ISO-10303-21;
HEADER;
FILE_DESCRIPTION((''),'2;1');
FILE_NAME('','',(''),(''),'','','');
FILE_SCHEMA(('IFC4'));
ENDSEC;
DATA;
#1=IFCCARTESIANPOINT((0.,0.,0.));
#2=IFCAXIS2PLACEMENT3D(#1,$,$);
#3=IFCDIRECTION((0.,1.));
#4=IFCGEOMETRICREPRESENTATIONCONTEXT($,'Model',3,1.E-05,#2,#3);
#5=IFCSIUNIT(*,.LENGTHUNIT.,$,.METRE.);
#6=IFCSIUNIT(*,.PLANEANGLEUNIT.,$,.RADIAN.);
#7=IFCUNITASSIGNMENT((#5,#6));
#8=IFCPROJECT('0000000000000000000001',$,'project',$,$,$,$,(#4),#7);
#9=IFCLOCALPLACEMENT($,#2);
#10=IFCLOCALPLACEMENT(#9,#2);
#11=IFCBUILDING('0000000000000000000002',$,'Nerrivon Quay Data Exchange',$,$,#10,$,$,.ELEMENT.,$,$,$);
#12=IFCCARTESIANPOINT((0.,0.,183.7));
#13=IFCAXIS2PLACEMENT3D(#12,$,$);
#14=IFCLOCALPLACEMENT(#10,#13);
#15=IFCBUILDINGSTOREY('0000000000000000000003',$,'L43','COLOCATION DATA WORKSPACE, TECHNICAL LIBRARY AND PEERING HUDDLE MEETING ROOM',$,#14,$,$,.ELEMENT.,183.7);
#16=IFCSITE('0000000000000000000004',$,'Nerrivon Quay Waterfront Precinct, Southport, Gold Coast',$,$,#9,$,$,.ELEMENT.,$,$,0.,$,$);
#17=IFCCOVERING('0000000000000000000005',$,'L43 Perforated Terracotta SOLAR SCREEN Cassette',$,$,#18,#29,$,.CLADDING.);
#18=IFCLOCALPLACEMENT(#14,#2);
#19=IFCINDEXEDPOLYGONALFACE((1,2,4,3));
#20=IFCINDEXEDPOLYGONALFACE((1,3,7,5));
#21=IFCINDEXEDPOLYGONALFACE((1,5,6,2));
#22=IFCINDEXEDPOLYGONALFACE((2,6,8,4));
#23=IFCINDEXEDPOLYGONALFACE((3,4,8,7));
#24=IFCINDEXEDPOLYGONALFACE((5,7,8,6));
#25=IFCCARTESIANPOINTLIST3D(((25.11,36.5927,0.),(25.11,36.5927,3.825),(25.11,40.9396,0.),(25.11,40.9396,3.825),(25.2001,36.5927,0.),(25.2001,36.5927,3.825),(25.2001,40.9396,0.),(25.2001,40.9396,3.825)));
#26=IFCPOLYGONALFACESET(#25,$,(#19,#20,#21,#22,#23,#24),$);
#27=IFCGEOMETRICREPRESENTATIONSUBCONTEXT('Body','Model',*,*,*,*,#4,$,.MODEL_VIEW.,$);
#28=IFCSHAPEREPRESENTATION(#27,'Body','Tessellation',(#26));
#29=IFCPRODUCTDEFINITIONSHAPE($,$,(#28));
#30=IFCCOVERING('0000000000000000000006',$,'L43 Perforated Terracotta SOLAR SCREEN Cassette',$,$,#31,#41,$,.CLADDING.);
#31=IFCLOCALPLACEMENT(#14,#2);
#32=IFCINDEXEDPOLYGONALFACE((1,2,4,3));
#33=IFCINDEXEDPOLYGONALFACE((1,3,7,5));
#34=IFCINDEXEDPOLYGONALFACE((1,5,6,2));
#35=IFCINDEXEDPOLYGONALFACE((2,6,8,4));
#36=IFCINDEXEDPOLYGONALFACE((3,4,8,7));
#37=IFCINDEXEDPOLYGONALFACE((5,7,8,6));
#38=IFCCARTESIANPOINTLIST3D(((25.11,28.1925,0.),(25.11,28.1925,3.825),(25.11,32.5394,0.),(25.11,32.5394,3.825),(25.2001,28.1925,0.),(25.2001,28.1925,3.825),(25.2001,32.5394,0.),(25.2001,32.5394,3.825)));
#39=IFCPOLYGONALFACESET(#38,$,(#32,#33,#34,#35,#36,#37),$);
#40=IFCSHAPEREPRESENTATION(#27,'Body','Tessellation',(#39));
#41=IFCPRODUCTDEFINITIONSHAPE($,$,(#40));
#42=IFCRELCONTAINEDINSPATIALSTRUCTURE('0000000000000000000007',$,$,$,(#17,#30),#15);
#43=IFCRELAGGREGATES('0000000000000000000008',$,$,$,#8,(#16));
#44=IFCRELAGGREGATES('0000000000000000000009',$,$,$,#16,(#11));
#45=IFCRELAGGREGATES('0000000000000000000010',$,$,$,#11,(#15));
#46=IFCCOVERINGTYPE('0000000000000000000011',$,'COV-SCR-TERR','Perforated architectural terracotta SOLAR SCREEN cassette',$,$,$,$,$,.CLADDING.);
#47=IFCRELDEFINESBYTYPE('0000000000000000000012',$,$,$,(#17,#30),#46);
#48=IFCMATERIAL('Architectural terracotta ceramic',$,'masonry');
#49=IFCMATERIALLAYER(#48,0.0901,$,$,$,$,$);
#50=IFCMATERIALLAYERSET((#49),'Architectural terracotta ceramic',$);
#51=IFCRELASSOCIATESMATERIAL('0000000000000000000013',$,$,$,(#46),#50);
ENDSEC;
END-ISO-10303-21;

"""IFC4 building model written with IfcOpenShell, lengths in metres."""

from ifc_helpers import new_model, si_unit, direction, frame, origin, origin_2d, place, context, subcontext, project, spatial, rectangle, extrude, material, layer, layer_set, type_object, element, save


model = new_model("IFC4")

# Units and contexts
model_context = context("Model", 3, precision=1e-05, world=origin(), true_north=direction((0.0, 1.0)))
body_context = subcontext(model_context, "Body", "Model", "MODEL_VIEW")
ifc_project = project(units=[si_unit("LENGTHUNIT", "METRE"), si_unit("PLANEANGLEUNIT", "RADIAN")], contexts=[model_context])

# Site, building, storey
site_placement = place(None, origin())
site = spatial("IfcSite", under=ifc_project, at=site_placement, Name="Nerrivon Quay Waterfront Precinct, Southport, Gold Coast", CompositionType="ELEMENT", RefElevation=0.0)
building_placement = place(site_placement, origin())
building = spatial("IfcBuilding", under=site, at=building_placement, Name="Nerrivon Quay Data Exchange", CompositionType="ELEMENT")
storey_placement = place(building_placement, frame((0.0, 0.0, 183.7)))
storey = spatial("IfcBuildingStorey", under=building, at=storey_placement, Name="L43", Description="COLOCATION DATA WORKSPACE, TECHNICAL LIBRARY AND PEERING HUDDLE MEETING ROOM", CompositionType="ELEMENT", Elevation=183.7)

# Coverings
ifc_material_1 = material(Name="Architectural terracotta ceramic", Category="masonry")
ifc_layer_1 = layer(ifc_material_1, 0.0901)
ifc_layer_set_1 = layer_set([ifc_layer_1], Name="Architectural terracotta ceramic")
covering_type = type_object("IfcCoveringType", Name="COV-SCR-TERR", Description="Perforated architectural terracotta SOLAR SCREEN cassette", PredefinedType="CLADDING", material=ifc_layer_set_1)
for number, where, z_axis, x_axis, name in (
    (1, (25.155, 38.7661, 0.0), (0.0, 0.0, 1.0), (0.0, -1.0, 0.0), "L43 Perforated Terracotta SOLAR SCREEN Cassette"),
    (2, (25.155, 30.366, 0.0), (0.0, 0.0, 1.0), (0.0, -1.0, 0.0), "L43 Perforated Terracotta SOLAR SCREEN Cassette"),
):
    element("IfcCovering", number, at=place(storey_placement, frame(where, z_axis=z_axis, x_axis=x_axis)), inside=storey, type_object=covering_type, Name=name, PredefinedType="CLADDING", context=body_context, shape_type="SweptSolid", body=[
        extrude(rectangle(XDim=4.3469, YDim=0.0901, at=origin_2d()), origin(), (0.0, 0.0, 1.0), 3.825),
    ])

save(model, "model.ifc")
